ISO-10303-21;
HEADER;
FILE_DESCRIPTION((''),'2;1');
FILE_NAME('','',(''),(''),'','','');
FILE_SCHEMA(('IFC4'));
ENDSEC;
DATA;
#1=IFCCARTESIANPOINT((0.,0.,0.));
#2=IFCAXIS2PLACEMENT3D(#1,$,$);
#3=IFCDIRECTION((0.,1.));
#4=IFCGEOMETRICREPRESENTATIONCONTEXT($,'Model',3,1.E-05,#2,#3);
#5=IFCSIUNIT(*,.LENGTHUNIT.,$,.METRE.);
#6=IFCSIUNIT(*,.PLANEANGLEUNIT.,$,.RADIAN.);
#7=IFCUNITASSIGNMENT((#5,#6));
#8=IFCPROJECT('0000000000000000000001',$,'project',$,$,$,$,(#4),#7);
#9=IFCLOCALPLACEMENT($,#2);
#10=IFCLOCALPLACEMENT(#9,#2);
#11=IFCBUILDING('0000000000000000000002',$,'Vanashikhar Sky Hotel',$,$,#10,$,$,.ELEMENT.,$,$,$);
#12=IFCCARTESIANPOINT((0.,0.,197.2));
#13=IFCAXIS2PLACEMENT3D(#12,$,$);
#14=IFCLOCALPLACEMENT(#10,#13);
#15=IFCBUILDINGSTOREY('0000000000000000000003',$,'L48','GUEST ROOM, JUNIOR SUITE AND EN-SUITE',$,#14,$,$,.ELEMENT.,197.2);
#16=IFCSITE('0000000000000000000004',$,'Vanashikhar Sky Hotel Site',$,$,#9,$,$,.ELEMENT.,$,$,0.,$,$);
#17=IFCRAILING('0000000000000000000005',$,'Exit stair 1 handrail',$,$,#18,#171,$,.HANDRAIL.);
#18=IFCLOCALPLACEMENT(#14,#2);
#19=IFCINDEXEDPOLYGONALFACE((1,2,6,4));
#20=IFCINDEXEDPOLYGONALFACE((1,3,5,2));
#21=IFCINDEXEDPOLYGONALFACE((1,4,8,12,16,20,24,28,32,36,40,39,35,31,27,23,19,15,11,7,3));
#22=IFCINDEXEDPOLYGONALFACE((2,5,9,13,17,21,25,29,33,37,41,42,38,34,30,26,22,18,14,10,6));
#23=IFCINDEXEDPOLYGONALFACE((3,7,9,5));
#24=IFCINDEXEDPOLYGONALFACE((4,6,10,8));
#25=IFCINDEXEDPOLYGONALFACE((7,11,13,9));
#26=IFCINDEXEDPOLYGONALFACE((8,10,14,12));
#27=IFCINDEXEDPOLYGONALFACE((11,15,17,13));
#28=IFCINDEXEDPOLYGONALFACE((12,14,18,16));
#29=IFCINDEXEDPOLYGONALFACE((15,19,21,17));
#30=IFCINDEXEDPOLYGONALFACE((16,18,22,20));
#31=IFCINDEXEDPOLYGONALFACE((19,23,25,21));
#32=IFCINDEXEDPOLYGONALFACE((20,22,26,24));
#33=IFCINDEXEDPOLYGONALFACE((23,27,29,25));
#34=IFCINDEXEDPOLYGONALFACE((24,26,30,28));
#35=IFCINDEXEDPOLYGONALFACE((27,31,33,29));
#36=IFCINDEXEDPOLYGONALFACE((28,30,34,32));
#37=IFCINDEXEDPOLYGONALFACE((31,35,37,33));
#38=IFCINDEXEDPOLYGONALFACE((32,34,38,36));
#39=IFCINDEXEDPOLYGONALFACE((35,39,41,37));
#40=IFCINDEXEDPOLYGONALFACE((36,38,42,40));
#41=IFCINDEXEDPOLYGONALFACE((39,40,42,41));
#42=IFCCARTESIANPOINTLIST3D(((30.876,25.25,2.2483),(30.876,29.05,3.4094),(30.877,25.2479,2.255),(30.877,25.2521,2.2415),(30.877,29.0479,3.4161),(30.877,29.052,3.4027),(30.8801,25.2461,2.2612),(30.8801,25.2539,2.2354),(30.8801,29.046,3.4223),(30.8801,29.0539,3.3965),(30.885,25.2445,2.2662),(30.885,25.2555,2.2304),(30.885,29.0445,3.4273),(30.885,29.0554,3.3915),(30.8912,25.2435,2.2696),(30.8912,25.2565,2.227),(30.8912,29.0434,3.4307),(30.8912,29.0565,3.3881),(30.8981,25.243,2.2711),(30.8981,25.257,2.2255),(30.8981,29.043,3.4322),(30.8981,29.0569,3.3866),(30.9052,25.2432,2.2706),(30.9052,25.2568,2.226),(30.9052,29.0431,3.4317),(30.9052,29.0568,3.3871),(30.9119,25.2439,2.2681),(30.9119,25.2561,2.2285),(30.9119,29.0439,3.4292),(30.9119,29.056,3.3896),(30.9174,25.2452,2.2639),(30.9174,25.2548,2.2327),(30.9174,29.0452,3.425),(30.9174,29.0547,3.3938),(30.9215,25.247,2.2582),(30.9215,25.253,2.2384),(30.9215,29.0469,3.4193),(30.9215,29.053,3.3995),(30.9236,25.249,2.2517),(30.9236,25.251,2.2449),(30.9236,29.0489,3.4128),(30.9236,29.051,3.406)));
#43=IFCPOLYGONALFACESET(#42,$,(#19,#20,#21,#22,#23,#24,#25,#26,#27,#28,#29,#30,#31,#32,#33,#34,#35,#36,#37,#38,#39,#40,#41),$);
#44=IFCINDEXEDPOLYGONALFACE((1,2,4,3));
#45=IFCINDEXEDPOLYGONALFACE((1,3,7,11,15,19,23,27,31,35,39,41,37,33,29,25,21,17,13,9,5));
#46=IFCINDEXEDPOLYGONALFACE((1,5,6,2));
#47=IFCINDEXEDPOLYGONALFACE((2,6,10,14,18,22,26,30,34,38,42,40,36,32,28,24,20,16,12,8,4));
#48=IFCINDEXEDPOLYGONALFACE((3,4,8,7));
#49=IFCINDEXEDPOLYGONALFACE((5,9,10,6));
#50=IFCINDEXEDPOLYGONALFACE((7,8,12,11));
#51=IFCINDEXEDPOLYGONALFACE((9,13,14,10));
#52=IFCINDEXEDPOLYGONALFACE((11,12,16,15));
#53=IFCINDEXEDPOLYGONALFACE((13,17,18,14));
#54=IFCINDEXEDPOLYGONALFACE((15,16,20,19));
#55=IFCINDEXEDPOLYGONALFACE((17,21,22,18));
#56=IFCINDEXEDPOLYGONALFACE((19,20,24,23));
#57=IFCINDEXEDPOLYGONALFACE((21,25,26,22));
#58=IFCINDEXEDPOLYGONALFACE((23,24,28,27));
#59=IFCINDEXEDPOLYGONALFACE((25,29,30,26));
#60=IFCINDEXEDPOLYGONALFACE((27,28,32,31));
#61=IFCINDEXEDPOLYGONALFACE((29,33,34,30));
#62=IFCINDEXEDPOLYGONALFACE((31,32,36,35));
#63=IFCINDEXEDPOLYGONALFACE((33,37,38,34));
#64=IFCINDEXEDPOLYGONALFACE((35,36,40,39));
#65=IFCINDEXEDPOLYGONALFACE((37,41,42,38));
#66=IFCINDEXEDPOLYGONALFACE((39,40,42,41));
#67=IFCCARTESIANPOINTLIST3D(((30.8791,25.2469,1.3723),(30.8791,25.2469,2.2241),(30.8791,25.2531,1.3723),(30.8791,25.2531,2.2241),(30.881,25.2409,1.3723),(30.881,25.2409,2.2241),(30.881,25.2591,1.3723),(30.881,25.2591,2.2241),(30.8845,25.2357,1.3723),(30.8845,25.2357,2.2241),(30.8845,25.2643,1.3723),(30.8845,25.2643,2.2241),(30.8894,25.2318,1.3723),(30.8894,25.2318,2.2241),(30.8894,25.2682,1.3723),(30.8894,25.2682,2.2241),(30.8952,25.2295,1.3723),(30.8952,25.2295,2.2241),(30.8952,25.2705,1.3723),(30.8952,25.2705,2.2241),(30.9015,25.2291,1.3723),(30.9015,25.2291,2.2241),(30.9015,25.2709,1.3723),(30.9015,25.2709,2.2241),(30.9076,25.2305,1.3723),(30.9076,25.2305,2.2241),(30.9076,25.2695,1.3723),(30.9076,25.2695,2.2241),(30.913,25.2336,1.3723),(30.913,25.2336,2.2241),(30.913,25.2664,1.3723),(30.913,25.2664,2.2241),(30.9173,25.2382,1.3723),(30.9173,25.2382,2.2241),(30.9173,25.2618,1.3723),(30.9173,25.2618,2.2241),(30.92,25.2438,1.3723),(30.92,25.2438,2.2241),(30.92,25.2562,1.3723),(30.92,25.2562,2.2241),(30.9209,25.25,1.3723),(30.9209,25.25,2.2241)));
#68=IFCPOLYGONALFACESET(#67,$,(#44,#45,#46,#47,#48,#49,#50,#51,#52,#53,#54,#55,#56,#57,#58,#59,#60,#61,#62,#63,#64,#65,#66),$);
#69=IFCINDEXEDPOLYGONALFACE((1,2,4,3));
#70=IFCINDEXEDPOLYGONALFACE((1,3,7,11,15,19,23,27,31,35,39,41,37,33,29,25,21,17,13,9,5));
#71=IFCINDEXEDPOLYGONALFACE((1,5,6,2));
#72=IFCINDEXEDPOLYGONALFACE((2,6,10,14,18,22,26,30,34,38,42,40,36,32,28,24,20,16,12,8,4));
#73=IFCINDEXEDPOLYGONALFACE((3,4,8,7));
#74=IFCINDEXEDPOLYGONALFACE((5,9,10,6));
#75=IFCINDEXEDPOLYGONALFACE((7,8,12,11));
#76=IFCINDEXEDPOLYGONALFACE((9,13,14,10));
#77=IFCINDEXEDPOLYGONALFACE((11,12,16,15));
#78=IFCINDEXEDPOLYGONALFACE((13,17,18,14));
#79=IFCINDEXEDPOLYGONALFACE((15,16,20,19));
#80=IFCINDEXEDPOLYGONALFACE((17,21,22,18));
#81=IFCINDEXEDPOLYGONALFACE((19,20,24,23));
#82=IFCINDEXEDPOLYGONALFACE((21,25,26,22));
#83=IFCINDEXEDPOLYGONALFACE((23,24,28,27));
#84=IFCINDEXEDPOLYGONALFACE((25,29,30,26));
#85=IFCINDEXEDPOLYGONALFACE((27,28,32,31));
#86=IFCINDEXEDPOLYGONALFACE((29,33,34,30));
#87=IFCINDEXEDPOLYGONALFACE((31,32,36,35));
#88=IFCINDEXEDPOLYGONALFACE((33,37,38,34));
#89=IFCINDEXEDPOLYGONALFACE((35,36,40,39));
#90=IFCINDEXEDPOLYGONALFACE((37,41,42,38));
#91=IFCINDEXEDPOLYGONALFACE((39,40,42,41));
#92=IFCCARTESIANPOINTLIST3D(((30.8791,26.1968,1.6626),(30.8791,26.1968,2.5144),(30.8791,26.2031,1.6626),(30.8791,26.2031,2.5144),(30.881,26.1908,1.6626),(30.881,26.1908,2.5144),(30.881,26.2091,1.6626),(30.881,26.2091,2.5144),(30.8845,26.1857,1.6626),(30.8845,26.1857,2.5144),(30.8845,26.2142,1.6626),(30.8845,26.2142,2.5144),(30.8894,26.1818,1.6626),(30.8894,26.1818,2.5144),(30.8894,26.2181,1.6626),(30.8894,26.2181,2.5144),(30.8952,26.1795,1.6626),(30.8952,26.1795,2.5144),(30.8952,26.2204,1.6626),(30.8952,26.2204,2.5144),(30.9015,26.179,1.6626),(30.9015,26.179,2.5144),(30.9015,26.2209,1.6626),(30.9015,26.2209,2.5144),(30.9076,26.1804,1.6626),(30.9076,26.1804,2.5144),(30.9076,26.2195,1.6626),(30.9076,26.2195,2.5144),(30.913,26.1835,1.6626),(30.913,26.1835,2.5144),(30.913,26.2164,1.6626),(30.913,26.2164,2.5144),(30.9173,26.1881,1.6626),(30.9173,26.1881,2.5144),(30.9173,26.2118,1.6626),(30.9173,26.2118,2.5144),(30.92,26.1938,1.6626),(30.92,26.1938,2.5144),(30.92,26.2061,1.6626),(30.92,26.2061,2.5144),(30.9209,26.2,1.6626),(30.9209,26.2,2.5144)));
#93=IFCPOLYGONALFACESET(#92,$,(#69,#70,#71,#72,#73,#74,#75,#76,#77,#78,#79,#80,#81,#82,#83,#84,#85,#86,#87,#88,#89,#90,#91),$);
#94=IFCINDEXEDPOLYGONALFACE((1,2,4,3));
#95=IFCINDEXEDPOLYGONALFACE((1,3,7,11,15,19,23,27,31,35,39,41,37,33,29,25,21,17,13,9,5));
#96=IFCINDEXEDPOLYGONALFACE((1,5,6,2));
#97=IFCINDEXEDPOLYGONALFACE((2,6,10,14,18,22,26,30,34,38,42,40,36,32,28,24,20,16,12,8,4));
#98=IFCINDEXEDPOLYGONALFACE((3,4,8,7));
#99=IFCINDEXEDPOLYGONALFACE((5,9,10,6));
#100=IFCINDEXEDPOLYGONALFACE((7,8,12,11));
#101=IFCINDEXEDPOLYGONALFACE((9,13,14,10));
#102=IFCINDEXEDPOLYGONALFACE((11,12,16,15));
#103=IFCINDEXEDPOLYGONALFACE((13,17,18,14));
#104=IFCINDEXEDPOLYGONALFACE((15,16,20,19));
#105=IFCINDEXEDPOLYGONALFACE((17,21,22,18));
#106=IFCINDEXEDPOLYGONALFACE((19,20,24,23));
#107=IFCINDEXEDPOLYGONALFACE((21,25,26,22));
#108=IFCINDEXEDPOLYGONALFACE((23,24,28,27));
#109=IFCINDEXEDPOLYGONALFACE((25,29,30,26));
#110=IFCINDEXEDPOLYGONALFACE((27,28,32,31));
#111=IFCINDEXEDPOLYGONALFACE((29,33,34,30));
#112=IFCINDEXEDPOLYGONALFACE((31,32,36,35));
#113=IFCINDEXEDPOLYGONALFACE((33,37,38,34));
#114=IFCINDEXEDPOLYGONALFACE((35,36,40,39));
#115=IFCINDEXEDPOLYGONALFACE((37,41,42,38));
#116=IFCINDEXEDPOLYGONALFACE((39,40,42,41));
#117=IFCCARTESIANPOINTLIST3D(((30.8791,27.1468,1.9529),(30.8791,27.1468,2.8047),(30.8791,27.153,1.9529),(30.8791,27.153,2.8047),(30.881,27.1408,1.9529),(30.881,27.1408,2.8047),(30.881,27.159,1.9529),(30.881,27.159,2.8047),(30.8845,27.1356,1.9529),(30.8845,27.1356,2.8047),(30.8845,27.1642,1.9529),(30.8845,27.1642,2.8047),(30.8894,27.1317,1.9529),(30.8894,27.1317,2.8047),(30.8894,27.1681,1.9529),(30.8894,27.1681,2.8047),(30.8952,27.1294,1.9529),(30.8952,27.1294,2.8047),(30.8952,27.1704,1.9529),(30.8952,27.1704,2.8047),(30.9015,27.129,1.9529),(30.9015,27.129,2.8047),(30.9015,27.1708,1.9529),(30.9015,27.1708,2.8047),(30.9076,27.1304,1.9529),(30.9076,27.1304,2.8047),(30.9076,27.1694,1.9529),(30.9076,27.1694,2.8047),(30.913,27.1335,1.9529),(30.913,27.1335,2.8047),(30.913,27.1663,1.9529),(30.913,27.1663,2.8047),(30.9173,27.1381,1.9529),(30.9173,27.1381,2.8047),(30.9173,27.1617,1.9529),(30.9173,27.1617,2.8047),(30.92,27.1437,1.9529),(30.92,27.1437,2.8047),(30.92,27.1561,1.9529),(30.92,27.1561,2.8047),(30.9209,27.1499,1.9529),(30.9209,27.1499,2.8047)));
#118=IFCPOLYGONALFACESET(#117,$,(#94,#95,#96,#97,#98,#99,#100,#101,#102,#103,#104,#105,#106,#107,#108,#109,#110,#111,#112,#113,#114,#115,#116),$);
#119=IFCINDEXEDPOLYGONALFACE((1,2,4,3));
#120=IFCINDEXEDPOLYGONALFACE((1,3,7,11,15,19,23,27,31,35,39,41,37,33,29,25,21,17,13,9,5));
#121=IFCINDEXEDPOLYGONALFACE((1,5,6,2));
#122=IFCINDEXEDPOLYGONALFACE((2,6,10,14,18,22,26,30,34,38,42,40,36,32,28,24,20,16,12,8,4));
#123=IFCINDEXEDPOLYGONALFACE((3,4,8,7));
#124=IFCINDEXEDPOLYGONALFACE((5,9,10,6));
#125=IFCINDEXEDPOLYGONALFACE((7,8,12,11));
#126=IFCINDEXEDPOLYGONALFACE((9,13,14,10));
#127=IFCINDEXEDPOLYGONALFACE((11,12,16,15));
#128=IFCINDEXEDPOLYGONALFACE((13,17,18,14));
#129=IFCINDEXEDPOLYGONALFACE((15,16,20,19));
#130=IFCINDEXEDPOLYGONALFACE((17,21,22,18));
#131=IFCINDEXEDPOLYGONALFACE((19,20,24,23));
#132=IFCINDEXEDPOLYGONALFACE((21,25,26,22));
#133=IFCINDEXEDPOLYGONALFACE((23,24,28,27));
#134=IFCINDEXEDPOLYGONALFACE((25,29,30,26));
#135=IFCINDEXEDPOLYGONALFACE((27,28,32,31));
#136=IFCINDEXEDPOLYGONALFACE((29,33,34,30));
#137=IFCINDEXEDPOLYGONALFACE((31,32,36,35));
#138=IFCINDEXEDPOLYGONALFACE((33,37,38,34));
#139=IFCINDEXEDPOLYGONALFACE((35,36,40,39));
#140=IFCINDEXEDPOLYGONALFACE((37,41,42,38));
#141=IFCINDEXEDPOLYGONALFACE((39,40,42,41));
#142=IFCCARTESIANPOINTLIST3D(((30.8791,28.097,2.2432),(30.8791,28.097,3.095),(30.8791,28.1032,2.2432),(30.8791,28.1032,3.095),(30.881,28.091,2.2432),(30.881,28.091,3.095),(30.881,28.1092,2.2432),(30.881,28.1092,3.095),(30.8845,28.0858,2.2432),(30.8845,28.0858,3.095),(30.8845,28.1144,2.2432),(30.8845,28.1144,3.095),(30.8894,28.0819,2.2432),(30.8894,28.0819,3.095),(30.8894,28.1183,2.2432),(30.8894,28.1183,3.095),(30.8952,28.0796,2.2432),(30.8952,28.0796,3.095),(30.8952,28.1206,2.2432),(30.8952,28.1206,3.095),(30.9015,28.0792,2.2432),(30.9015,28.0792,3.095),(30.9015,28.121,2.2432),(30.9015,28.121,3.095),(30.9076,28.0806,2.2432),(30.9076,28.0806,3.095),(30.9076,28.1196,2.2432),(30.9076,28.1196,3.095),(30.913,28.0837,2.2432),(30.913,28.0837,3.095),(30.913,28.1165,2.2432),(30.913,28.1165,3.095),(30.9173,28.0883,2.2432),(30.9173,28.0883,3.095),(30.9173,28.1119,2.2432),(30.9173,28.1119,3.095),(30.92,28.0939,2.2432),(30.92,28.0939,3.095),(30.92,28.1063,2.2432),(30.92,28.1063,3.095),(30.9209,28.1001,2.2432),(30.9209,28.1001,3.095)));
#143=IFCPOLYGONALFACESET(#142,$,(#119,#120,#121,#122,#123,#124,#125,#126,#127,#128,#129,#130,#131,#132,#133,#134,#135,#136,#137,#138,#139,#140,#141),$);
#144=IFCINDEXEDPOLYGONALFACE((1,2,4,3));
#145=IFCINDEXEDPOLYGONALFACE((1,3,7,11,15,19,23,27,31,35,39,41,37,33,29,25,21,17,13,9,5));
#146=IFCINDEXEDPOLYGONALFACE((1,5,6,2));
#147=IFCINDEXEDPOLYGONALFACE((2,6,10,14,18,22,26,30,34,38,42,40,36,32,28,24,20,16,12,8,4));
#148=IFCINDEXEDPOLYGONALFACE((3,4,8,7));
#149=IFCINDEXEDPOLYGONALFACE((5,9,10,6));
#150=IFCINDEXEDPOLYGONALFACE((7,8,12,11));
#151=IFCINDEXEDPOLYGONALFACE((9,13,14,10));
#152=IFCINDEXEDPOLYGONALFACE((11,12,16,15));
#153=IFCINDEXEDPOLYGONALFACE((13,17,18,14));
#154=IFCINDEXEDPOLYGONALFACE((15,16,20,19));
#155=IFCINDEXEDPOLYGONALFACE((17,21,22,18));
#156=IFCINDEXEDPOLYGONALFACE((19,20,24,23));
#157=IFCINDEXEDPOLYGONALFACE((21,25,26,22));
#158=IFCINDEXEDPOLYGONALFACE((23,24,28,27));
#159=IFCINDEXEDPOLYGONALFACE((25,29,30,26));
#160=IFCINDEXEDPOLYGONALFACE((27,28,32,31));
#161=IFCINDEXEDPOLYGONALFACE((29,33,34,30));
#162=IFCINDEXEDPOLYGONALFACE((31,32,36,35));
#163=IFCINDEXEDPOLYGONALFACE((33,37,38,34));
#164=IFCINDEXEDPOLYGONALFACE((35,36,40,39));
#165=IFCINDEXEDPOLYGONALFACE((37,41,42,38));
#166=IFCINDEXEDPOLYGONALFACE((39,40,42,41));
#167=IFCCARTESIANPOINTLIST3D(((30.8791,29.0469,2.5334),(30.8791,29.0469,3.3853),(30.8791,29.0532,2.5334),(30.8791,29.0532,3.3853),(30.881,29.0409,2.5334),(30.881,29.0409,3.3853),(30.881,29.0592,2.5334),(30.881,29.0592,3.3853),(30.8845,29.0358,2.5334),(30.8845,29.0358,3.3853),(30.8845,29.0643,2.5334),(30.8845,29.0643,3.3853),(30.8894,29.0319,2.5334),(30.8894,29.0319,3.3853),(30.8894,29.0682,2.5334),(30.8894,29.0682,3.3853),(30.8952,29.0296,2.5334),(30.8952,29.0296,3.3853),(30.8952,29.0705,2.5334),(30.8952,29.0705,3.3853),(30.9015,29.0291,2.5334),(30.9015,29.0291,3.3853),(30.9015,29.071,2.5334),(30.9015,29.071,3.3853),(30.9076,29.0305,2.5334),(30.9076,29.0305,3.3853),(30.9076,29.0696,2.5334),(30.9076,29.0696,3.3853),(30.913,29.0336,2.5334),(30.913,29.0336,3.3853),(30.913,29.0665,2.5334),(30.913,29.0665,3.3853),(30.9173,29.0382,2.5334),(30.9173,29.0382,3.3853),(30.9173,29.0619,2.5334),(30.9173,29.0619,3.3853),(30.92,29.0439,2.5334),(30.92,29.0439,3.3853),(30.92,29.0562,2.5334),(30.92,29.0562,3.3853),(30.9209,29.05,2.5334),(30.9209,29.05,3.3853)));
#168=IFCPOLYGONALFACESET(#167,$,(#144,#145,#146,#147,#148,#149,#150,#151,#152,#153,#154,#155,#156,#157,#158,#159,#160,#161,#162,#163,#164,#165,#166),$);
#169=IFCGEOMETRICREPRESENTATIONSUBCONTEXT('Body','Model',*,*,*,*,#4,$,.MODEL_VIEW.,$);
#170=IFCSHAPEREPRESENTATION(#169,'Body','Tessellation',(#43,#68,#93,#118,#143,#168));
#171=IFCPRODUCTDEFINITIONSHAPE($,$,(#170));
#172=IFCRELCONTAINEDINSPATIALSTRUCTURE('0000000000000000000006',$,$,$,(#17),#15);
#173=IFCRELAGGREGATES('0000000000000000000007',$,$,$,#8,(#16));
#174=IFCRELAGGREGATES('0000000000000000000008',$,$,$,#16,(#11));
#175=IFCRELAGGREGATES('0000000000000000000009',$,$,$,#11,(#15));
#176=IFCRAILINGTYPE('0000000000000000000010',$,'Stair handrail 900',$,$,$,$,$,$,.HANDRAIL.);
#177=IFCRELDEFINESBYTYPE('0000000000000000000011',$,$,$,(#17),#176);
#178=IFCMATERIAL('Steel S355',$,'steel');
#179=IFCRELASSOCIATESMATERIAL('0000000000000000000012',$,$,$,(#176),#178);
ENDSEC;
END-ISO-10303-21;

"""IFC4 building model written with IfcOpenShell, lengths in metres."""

from ifc_helpers import new_model, si_unit, direction, frame, origin, origin_2d, place, context, subcontext, project, spatial, circle, extrude, source, transform, mapped, material, type_object, element, save


model = new_model("IFC4")

# Units and contexts
model_context = context("Model", 3, precision=1e-05, world=origin(), true_north=direction((0.0, 1.0)))
body_context = subcontext(model_context, "Body", "Model", "MODEL_VIEW")
ifc_project = project(units=[si_unit("LENGTHUNIT", "METRE"), si_unit("PLANEANGLEUNIT", "RADIAN")], contexts=[model_context])

# Site, building, storey
site_placement = place(None, origin())
site = spatial("IfcSite", under=ifc_project, at=site_placement, Name="Vanashikhar Sky Hotel Site", CompositionType="ELEMENT", RefElevation=0.0)
building_placement = place(site_placement, origin())
building = spatial("IfcBuilding", under=site, at=building_placement, Name="Vanashikhar Sky Hotel", CompositionType="ELEMENT")
storey_placement = place(building_placement, frame((0.0, 0.0, 197.2)))
storey = spatial("IfcBuildingStorey", under=building, at=storey_placement, Name="L48", Description="GUEST ROOM, JUNIOR SUITE AND EN-SUITE", CompositionType="ELEMENT", Elevation=197.2)

# Railing
ifc_material_1 = material(Name="Steel S355", Category="steel")
railing_type_1 = type_object("IfcRailingType", Name="Stair handrail 900", PredefinedType="HANDRAIL", material=ifc_material_1)
shared_shape_1 = source(origin(), body_context, "Body", "SweptSolid", [
    extrude(circle(Radius=0.0239, at=origin_2d()), frame((0.0, 0.0, 0.876), z_axis=(0.0, 0.956351, 0.29222), x_axis=(-1.0, 0.0, 0.0)), (0.0, 0.0, 1.0), 3.9734),
    extrude(circle(Radius=0.021, at=origin_2d()), origin(), (0.0, 0.0, 1.0), 0.8518),
    extrude(circle(Radius=0.021, at=origin_2d()), frame((0.0, 0.95, 0.2903)), (0.0, 0.0, 1.0), 0.8518),
    extrude(circle(Radius=0.021, at=origin_2d()), frame((0.0, 1.8999, 0.5806)), (0.0, 0.0, 1.0), 0.8518),
    extrude(circle(Radius=0.021, at=origin_2d()), frame((0.0, 2.8501, 0.8708)), (0.0, 0.0, 1.0), 0.8518),
    extrude(circle(Radius=0.021, at=origin_2d()), frame((0.0, 3.8, 1.1611)), (0.0, 0.0, 1.0), 0.8518),
])
for number, where, name in (
    (1, (30.8999, 25.25, 1.3723), "Exit stair 1 handrail"),
):
    element("IfcRailing", number, at=place(storey_placement, frame(where)), inside=storey, type_object=railing_type_1, Name=name, PredefinedType="HANDRAIL", context=body_context, shape_type="MappedRepresentation", body=[
        mapped(shared_shape_1, transform((0.0, 0.0, 0.0), scale=1.0)),
    ])

save(model, "model.ifc")
